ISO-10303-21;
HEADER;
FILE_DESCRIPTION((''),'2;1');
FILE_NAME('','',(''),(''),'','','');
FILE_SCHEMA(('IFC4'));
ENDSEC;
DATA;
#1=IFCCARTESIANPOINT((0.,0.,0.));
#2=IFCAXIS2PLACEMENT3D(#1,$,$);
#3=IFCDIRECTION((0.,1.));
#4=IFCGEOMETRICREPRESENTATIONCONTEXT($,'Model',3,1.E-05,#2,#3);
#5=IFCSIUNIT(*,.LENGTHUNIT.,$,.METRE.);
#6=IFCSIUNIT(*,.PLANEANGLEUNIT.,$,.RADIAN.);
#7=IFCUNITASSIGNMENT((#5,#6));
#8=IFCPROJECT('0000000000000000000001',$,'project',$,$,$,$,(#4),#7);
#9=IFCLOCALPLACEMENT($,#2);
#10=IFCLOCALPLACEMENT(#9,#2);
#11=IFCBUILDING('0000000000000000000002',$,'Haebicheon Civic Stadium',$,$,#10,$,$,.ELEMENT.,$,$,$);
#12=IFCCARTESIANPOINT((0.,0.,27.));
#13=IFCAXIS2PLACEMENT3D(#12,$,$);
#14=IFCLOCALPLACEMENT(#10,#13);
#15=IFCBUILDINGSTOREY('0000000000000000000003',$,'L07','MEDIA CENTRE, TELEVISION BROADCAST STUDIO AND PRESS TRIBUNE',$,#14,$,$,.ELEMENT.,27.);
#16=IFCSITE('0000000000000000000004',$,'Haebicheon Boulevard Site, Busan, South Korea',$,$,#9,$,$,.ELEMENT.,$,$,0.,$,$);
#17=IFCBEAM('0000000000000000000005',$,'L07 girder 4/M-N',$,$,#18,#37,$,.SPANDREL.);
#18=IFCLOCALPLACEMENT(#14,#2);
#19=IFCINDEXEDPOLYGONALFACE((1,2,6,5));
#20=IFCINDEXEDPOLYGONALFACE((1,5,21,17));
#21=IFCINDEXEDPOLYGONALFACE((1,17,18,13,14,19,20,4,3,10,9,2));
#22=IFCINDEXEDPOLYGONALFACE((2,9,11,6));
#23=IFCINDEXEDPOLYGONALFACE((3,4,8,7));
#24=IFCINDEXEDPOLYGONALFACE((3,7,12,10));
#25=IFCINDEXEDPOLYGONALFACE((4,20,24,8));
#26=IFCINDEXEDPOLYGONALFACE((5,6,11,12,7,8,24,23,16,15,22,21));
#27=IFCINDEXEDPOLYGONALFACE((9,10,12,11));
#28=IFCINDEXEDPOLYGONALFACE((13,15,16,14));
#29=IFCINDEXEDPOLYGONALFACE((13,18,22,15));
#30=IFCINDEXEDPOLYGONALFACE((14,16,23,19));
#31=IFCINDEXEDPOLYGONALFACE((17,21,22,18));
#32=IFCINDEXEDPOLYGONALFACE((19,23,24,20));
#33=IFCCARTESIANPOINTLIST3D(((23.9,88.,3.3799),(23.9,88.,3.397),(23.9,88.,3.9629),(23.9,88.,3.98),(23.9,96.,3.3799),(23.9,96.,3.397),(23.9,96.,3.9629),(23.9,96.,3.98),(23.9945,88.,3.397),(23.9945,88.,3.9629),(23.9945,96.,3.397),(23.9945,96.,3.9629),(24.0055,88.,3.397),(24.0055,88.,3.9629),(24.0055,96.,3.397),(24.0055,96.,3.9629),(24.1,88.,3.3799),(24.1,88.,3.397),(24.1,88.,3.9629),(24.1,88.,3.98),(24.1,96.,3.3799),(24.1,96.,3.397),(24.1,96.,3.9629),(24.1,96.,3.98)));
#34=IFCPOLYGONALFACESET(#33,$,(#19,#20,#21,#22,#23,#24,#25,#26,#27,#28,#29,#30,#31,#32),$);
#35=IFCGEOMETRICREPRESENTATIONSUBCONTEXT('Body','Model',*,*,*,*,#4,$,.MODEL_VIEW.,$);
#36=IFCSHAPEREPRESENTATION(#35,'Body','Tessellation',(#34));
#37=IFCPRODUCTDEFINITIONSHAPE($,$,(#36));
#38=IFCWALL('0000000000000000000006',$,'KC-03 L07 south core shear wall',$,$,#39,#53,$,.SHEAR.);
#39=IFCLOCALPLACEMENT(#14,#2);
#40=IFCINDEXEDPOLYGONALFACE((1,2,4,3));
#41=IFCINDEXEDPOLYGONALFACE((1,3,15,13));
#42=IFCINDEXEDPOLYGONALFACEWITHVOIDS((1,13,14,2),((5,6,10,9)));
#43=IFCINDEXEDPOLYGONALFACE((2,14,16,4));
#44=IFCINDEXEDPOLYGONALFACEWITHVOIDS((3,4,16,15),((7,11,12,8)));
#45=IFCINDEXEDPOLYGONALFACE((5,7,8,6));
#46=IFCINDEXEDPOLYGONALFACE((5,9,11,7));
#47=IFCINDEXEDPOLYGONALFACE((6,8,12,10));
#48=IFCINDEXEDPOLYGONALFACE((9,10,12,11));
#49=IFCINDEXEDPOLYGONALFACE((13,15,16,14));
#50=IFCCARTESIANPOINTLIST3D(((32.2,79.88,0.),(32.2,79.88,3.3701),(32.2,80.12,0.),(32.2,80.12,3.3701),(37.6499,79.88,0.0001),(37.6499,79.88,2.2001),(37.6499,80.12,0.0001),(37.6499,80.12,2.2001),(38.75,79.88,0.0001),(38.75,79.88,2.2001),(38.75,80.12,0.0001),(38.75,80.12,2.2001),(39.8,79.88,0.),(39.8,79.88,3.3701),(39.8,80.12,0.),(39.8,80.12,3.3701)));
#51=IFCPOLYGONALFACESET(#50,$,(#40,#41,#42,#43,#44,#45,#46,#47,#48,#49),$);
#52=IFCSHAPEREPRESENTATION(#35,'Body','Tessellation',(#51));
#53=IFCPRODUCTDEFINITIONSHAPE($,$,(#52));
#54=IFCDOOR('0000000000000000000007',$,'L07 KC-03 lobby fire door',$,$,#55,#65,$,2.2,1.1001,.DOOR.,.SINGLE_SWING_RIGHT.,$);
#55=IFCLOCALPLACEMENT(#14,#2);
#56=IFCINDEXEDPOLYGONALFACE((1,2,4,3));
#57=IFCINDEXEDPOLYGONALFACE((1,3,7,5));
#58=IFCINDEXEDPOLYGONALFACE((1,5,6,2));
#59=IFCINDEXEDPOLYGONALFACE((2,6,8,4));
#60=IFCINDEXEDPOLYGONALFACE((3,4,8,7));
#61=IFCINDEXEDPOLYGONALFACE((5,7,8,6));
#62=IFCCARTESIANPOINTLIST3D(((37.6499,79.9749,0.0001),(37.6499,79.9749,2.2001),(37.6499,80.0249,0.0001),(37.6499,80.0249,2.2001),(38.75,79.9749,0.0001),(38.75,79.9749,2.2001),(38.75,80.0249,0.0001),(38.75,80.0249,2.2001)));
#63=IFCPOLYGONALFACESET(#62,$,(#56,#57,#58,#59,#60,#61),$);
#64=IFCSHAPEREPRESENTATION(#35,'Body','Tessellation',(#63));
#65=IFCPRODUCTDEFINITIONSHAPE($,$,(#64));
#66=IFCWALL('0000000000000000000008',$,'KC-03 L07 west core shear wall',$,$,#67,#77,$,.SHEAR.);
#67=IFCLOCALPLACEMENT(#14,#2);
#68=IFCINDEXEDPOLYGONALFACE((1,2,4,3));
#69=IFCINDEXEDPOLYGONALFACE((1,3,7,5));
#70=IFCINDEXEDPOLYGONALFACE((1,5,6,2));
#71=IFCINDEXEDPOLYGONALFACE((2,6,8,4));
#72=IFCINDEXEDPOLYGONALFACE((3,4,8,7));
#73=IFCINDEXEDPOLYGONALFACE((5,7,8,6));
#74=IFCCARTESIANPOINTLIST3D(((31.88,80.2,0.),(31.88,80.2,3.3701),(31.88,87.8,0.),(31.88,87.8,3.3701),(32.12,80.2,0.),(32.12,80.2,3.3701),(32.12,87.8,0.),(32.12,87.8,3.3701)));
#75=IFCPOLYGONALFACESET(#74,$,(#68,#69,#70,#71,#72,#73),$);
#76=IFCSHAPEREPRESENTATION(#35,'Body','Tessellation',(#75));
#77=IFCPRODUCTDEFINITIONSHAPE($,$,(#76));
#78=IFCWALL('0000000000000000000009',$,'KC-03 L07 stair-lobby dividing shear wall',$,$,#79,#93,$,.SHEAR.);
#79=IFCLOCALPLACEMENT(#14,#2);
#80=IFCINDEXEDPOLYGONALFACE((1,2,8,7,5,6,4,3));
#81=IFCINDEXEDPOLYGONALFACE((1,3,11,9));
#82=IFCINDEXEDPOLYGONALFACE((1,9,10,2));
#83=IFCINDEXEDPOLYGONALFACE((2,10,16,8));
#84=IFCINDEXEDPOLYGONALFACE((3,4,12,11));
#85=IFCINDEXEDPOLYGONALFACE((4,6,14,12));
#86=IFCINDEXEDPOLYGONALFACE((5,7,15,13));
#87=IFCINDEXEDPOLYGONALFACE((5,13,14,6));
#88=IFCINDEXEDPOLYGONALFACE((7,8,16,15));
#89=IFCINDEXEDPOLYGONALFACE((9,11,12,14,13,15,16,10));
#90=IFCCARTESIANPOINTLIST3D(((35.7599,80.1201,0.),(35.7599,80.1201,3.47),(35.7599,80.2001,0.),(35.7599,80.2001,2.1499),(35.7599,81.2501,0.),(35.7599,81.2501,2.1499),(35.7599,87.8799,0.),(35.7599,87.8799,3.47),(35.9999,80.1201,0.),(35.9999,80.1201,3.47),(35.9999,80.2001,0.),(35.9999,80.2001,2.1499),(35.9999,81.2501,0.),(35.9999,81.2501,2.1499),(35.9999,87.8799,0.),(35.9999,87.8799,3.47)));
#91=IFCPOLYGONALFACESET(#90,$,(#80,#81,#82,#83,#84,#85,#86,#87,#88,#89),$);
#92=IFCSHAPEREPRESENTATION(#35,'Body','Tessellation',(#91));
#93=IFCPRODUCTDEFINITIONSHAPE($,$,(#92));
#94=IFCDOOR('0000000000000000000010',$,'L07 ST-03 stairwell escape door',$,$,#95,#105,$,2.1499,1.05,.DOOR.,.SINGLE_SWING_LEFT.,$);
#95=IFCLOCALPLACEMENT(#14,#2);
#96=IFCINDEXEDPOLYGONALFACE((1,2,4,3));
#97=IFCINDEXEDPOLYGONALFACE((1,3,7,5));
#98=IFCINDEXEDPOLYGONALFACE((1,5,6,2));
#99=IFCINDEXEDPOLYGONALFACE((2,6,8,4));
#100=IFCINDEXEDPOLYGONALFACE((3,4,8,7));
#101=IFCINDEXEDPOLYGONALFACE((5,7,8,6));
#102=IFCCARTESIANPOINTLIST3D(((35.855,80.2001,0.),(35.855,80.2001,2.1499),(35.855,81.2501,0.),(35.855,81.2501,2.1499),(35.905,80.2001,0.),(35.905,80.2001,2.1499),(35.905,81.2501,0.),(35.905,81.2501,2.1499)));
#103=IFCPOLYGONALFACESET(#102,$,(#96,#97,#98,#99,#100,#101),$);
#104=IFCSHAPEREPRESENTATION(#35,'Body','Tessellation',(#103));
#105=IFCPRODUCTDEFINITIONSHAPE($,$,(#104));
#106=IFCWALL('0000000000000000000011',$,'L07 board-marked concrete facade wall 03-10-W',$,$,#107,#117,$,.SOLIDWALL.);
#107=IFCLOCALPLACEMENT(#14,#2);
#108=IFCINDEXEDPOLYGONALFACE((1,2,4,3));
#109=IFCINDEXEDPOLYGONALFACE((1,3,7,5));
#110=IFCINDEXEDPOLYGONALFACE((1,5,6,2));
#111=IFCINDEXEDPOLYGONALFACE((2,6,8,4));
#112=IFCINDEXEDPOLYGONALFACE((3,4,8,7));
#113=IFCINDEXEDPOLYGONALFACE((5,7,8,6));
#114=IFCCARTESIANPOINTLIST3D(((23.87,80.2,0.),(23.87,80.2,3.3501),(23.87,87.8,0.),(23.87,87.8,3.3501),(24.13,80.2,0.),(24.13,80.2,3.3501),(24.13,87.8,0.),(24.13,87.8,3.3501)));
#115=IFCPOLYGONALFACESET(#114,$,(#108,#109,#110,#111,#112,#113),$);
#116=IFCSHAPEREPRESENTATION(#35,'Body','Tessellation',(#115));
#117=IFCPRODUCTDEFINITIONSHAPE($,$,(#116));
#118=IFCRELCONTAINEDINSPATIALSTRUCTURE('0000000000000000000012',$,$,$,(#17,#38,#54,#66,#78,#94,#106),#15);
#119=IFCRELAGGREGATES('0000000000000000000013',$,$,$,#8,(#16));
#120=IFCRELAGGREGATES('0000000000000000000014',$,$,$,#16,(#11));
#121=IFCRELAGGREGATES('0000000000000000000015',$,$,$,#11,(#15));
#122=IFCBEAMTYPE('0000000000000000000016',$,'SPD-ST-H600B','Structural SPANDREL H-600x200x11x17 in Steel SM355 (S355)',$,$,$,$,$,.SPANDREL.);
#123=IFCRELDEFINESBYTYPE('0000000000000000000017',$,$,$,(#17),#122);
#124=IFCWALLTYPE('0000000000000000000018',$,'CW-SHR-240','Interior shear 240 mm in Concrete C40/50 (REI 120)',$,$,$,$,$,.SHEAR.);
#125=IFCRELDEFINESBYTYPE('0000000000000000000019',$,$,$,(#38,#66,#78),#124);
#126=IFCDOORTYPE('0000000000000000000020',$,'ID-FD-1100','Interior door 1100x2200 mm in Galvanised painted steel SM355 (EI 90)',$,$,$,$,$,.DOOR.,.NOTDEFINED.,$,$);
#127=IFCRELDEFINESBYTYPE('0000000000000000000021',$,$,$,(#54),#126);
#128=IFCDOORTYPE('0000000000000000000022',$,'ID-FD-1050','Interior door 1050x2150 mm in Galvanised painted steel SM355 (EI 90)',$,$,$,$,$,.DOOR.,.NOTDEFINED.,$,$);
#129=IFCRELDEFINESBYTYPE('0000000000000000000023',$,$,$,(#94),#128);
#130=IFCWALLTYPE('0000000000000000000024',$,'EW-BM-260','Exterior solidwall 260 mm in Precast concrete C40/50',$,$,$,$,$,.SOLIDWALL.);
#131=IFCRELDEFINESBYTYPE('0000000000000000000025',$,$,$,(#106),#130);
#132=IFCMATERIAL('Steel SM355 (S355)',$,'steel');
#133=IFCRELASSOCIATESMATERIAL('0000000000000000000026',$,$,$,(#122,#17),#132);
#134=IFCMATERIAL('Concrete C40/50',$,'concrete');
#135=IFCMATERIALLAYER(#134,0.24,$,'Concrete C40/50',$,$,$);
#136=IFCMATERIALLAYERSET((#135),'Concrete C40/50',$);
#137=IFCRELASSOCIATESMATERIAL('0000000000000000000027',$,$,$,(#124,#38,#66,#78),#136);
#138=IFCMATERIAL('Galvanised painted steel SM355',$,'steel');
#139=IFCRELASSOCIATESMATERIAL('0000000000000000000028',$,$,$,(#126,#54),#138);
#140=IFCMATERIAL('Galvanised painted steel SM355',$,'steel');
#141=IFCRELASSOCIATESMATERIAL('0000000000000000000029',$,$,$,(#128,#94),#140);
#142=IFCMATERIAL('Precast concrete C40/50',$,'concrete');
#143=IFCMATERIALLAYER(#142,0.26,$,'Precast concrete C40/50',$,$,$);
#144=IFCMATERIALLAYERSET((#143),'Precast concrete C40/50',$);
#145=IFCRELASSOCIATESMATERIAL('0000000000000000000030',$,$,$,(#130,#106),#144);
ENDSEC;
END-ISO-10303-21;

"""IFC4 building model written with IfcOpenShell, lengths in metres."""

from ifc_helpers import new_model, si_unit, direction, frame, frame_2d, origin, origin_2d, place, context, subcontext, project, spatial, rectangle, i_section, extrude, material, layer, layer_set, material_profile, profile_set, type_object, element, fill, save


model = new_model("IFC4")

# Units and contexts
model_context = context("Model", 3, precision=1e-05, world=origin(), true_north=direction((0.0, 1.0)))
body_context = subcontext(model_context, "Body", "Model", "MODEL_VIEW")
ifc_project = project(units=[si_unit("LENGTHUNIT", "METRE"), si_unit("PLANEANGLEUNIT", "RADIAN")], contexts=[model_context])

# Site, building, storey
site_placement = place(None, origin())
site = spatial("IfcSite", under=ifc_project, at=site_placement, Name="Haebicheon Boulevard Site, Busan, South Korea", CompositionType="ELEMENT", RefElevation=0.0)
building_placement = place(site_placement, origin())
building = spatial("IfcBuilding", under=site, at=building_placement, Name="Haebicheon Civic Stadium", CompositionType="ELEMENT")
storey_placement = place(building_placement, frame((0.0, 0.0, 27.0)))
storey = spatial("IfcBuildingStorey", under=building, at=storey_placement, Name="L07", Description="MEDIA CENTRE, TELEVISION BROADCAST STUDIO AND PRESS TRIBUNE", CompositionType="ELEMENT", Elevation=27.0)

# Beam
ifc_material_1 = material(Name="Steel SM355 (S355)", Category="steel")
ifc_material_profile_1 = material_profile(ifc_material_1, i_section(OverallWidth=0.2, OverallDepth=0.6001, WebThickness=0.011, FlangeThickness=0.0171, at=origin_2d()), Name="H-600x200x11x17")
ifc_profile_set_1 = profile_set([ifc_material_profile_1], Name="Steel SM355 (S355)")
beam_type_1 = type_object("IfcBeamType", Name="SPD-ST-H600B", Description="Structural SPANDREL H-600x200x11x17 in Steel SM355 (S355)", PredefinedType="SPANDREL", material=ifc_profile_set_1)
beam_1_placement = place(storey_placement, frame((24.0, 88.0, 3.6799), z_axis=(0.0, 1.0, 0.0), x_axis=(-1.0, 0.0, 0.0)))
element("IfcBeam", 1, at=beam_1_placement, inside=storey, type_object=beam_type_1, material=ifc_profile_set_1, Name="L07 girder 4/M-N", PredefinedType="SPANDREL", context=body_context, shape_type="SweptSolid", body=[
    extrude(i_section(OverallWidth=0.2, OverallDepth=0.6001, WebThickness=0.011, FlangeThickness=0.0171, at=origin_2d()), origin(), (0.0, 0.0, 1.0), 8.0),
])

# Wall, opening, door
ifc_material_2 = material(Name="Concrete C40/50", Category="concrete")
ifc_layer_1 = layer(ifc_material_2, 0.24, Name="Concrete C40/50")
ifc_layer_set_1 = layer_set([ifc_layer_1], Name="Concrete C40/50")
wall_type_1 = type_object("IfcWallType", Name="CW-SHR-240", Description="Interior shear 240 mm in Concrete C40/50 (REI 120)", PredefinedType="SHEAR", material=ifc_layer_set_1)
wall_1_placement = place(storey_placement, frame((32.2, 80.0, 0.0), z_axis=(0.0, 0.0, 1.0), x_axis=(1.0, 0.0, 0.0)))
wall_1 = element("IfcWall", 2, at=wall_1_placement, inside=storey, type_object=wall_type_1, material=ifc_layer_set_1, Name="KC-03 L07 south core shear wall", PredefinedType="SHEAR", context=body_context, shape_type="SweptSolid", body=[
    extrude(rectangle(XDim=7.6001, YDim=0.24, at=frame_2d((3.8, 0.0))), origin(), (0.0, 0.0, 1.0), 3.3701),
])
opening_1_placement = place(wall_1_placement, frame((5.45, 0.0, 0.0)))
opening_1 = element("IfcOpeningElement", 3, at=opening_1_placement, cuts=wall_1, PredefinedType="OPENING", context=body_context, shape_type="SweptSolid", body=[
    extrude(rectangle(XDim=1.1001, YDim=2.2, at=frame_2d((0.55, 1.1001))), frame((0.0, 0.1299, 0.0), z_axis=(0.0, -1.0, 0.0), x_axis=(1.0, 0.0, 0.0)), (0.0, 0.0, 1.0), 0.26),
])
ifc_material_3 = material(Name="Galvanised painted steel SM355", Category="steel")
door_type_1 = type_object("IfcDoorType", Name="ID-FD-1100", Description="Interior door 1100x2200 mm in Galvanised painted steel SM355 (EI 90)", OperationType="NOTDEFINED", PredefinedType="DOOR", material=ifc_material_3)
door_1_placement = place(opening_1_placement, origin())
door_1 = element("IfcDoor", 4, at=door_1_placement, inside=storey, type_object=door_type_1, material=ifc_material_3, Name="L07 KC-03 lobby fire door", OperationType="SINGLE_SWING_RIGHT", OverallHeight=2.2, OverallWidth=1.1001, PredefinedType="DOOR", context=body_context, shape_type="SweptSolid", body=[
    extrude(rectangle(XDim=1.1001, YDim=2.2, at=frame_2d((0.55, 1.1001))), frame((0.0, 0.0249, 0.0), z_axis=(0.0, -1.0, 0.0), x_axis=(1.0, 0.0, 0.0)), (0.0, 0.0, 1.0), 0.05),
])
fill(opening_1, door_1)

# Wall
wall_2_placement = place(storey_placement, frame((32.0, 80.2, 0.0), z_axis=(0.0, 0.0, 1.0), x_axis=(0.0, 1.0, 0.0)))
element("IfcWall", 5, at=wall_2_placement, inside=storey, type_object=wall_type_1, material=ifc_layer_set_1, Name="KC-03 L07 west core shear wall", PredefinedType="SHEAR", context=body_context, shape_type="SweptSolid", body=[
    extrude(rectangle(XDim=7.6001, YDim=0.24, at=frame_2d((3.8, 0.0))), origin(), (0.0, 0.0, 1.0), 3.3701),
])

# Wall, opening, door
wall_3_placement = place(storey_placement, frame((35.8799, 80.1201, 0.0), z_axis=(0.0, 0.0, 1.0), x_axis=(0.0, 1.0, 0.0)))
wall_3 = element("IfcWall", 6, at=wall_3_placement, inside=storey, type_object=wall_type_1, material=ifc_layer_set_1, Name="KC-03 L07 stair-lobby dividing shear wall", PredefinedType="SHEAR", context=body_context, shape_type="SweptSolid", body=[
    extrude(rectangle(XDim=7.7598, YDim=0.24, at=frame_2d((3.8799, 0.0))), origin(), (0.0, 0.0, 1.0), 3.47),
])
opening_2_placement = place(wall_3_placement, frame((0.0801, 0.0, 0.0)))
opening_2 = element("IfcOpeningElement", 7, at=opening_2_placement, cuts=wall_3, PredefinedType="OPENING", context=body_context, shape_type="SweptSolid", body=[
    extrude(rectangle(XDim=1.05, YDim=2.1499, at=frame_2d((0.5249, 1.075))), frame((0.0, 0.1299, 0.0), z_axis=(0.0, -1.0, 0.0), x_axis=(1.0, 0.0, 0.0)), (0.0, 0.0, 1.0), 0.26),
])
ifc_material_4 = material(Name="Galvanised painted steel SM355", Category="steel")
door_type_2 = type_object("IfcDoorType", Name="ID-FD-1050", Description="Interior door 1050x2150 mm in Galvanised painted steel SM355 (EI 90)", OperationType="NOTDEFINED", PredefinedType="DOOR", material=ifc_material_4)
door_2_placement = place(opening_2_placement, origin())
door_2 = element("IfcDoor", 8, at=door_2_placement, inside=storey, type_object=door_type_2, material=ifc_material_4, Name="L07 ST-03 stairwell escape door", OperationType="SINGLE_SWING_LEFT", OverallHeight=2.1499, OverallWidth=1.05, PredefinedType="DOOR", context=body_context, shape_type="SweptSolid", body=[
    extrude(rectangle(XDim=1.05, YDim=2.1499, at=frame_2d((0.5249, 1.075))), frame((0.0, 0.0249, 0.0), z_axis=(0.0, -1.0, 0.0), x_axis=(1.0, 0.0, 0.0)), (0.0, 0.0, 1.0), 0.05),
])
fill(opening_2, door_2)

# Wall
ifc_material_5 = material(Name="Precast concrete C40/50", Category="concrete")
ifc_layer_2 = layer(ifc_material_5, 0.26, Name="Precast concrete C40/50")
ifc_layer_set_2 = layer_set([ifc_layer_2], Name="Precast concrete C40/50")
wall_type_2 = type_object("IfcWallType", Name="EW-BM-260", Description="Exterior solidwall 260 mm in Precast concrete C40/50", PredefinedType="SOLIDWALL", material=ifc_layer_set_2)
wall_4_placement = place(storey_placement, frame((24.0, 80.2, 0.0), z_axis=(0.0, 0.0, 1.0), x_axis=(0.0, 1.0, 0.0)))
element("IfcWall", 9, at=wall_4_placement, inside=storey, type_object=wall_type_2, material=ifc_layer_set_2, Name="L07 board-marked concrete facade wall 03-10-W", PredefinedType="SOLIDWALL", context=body_context, shape_type="SweptSolid", body=[
    extrude(rectangle(XDim=7.6001, YDim=0.26, at=frame_2d((3.8, 0.0))), origin(), (0.0, 0.0, 1.0), 3.3501),
])

save(model, "model.ifc")
